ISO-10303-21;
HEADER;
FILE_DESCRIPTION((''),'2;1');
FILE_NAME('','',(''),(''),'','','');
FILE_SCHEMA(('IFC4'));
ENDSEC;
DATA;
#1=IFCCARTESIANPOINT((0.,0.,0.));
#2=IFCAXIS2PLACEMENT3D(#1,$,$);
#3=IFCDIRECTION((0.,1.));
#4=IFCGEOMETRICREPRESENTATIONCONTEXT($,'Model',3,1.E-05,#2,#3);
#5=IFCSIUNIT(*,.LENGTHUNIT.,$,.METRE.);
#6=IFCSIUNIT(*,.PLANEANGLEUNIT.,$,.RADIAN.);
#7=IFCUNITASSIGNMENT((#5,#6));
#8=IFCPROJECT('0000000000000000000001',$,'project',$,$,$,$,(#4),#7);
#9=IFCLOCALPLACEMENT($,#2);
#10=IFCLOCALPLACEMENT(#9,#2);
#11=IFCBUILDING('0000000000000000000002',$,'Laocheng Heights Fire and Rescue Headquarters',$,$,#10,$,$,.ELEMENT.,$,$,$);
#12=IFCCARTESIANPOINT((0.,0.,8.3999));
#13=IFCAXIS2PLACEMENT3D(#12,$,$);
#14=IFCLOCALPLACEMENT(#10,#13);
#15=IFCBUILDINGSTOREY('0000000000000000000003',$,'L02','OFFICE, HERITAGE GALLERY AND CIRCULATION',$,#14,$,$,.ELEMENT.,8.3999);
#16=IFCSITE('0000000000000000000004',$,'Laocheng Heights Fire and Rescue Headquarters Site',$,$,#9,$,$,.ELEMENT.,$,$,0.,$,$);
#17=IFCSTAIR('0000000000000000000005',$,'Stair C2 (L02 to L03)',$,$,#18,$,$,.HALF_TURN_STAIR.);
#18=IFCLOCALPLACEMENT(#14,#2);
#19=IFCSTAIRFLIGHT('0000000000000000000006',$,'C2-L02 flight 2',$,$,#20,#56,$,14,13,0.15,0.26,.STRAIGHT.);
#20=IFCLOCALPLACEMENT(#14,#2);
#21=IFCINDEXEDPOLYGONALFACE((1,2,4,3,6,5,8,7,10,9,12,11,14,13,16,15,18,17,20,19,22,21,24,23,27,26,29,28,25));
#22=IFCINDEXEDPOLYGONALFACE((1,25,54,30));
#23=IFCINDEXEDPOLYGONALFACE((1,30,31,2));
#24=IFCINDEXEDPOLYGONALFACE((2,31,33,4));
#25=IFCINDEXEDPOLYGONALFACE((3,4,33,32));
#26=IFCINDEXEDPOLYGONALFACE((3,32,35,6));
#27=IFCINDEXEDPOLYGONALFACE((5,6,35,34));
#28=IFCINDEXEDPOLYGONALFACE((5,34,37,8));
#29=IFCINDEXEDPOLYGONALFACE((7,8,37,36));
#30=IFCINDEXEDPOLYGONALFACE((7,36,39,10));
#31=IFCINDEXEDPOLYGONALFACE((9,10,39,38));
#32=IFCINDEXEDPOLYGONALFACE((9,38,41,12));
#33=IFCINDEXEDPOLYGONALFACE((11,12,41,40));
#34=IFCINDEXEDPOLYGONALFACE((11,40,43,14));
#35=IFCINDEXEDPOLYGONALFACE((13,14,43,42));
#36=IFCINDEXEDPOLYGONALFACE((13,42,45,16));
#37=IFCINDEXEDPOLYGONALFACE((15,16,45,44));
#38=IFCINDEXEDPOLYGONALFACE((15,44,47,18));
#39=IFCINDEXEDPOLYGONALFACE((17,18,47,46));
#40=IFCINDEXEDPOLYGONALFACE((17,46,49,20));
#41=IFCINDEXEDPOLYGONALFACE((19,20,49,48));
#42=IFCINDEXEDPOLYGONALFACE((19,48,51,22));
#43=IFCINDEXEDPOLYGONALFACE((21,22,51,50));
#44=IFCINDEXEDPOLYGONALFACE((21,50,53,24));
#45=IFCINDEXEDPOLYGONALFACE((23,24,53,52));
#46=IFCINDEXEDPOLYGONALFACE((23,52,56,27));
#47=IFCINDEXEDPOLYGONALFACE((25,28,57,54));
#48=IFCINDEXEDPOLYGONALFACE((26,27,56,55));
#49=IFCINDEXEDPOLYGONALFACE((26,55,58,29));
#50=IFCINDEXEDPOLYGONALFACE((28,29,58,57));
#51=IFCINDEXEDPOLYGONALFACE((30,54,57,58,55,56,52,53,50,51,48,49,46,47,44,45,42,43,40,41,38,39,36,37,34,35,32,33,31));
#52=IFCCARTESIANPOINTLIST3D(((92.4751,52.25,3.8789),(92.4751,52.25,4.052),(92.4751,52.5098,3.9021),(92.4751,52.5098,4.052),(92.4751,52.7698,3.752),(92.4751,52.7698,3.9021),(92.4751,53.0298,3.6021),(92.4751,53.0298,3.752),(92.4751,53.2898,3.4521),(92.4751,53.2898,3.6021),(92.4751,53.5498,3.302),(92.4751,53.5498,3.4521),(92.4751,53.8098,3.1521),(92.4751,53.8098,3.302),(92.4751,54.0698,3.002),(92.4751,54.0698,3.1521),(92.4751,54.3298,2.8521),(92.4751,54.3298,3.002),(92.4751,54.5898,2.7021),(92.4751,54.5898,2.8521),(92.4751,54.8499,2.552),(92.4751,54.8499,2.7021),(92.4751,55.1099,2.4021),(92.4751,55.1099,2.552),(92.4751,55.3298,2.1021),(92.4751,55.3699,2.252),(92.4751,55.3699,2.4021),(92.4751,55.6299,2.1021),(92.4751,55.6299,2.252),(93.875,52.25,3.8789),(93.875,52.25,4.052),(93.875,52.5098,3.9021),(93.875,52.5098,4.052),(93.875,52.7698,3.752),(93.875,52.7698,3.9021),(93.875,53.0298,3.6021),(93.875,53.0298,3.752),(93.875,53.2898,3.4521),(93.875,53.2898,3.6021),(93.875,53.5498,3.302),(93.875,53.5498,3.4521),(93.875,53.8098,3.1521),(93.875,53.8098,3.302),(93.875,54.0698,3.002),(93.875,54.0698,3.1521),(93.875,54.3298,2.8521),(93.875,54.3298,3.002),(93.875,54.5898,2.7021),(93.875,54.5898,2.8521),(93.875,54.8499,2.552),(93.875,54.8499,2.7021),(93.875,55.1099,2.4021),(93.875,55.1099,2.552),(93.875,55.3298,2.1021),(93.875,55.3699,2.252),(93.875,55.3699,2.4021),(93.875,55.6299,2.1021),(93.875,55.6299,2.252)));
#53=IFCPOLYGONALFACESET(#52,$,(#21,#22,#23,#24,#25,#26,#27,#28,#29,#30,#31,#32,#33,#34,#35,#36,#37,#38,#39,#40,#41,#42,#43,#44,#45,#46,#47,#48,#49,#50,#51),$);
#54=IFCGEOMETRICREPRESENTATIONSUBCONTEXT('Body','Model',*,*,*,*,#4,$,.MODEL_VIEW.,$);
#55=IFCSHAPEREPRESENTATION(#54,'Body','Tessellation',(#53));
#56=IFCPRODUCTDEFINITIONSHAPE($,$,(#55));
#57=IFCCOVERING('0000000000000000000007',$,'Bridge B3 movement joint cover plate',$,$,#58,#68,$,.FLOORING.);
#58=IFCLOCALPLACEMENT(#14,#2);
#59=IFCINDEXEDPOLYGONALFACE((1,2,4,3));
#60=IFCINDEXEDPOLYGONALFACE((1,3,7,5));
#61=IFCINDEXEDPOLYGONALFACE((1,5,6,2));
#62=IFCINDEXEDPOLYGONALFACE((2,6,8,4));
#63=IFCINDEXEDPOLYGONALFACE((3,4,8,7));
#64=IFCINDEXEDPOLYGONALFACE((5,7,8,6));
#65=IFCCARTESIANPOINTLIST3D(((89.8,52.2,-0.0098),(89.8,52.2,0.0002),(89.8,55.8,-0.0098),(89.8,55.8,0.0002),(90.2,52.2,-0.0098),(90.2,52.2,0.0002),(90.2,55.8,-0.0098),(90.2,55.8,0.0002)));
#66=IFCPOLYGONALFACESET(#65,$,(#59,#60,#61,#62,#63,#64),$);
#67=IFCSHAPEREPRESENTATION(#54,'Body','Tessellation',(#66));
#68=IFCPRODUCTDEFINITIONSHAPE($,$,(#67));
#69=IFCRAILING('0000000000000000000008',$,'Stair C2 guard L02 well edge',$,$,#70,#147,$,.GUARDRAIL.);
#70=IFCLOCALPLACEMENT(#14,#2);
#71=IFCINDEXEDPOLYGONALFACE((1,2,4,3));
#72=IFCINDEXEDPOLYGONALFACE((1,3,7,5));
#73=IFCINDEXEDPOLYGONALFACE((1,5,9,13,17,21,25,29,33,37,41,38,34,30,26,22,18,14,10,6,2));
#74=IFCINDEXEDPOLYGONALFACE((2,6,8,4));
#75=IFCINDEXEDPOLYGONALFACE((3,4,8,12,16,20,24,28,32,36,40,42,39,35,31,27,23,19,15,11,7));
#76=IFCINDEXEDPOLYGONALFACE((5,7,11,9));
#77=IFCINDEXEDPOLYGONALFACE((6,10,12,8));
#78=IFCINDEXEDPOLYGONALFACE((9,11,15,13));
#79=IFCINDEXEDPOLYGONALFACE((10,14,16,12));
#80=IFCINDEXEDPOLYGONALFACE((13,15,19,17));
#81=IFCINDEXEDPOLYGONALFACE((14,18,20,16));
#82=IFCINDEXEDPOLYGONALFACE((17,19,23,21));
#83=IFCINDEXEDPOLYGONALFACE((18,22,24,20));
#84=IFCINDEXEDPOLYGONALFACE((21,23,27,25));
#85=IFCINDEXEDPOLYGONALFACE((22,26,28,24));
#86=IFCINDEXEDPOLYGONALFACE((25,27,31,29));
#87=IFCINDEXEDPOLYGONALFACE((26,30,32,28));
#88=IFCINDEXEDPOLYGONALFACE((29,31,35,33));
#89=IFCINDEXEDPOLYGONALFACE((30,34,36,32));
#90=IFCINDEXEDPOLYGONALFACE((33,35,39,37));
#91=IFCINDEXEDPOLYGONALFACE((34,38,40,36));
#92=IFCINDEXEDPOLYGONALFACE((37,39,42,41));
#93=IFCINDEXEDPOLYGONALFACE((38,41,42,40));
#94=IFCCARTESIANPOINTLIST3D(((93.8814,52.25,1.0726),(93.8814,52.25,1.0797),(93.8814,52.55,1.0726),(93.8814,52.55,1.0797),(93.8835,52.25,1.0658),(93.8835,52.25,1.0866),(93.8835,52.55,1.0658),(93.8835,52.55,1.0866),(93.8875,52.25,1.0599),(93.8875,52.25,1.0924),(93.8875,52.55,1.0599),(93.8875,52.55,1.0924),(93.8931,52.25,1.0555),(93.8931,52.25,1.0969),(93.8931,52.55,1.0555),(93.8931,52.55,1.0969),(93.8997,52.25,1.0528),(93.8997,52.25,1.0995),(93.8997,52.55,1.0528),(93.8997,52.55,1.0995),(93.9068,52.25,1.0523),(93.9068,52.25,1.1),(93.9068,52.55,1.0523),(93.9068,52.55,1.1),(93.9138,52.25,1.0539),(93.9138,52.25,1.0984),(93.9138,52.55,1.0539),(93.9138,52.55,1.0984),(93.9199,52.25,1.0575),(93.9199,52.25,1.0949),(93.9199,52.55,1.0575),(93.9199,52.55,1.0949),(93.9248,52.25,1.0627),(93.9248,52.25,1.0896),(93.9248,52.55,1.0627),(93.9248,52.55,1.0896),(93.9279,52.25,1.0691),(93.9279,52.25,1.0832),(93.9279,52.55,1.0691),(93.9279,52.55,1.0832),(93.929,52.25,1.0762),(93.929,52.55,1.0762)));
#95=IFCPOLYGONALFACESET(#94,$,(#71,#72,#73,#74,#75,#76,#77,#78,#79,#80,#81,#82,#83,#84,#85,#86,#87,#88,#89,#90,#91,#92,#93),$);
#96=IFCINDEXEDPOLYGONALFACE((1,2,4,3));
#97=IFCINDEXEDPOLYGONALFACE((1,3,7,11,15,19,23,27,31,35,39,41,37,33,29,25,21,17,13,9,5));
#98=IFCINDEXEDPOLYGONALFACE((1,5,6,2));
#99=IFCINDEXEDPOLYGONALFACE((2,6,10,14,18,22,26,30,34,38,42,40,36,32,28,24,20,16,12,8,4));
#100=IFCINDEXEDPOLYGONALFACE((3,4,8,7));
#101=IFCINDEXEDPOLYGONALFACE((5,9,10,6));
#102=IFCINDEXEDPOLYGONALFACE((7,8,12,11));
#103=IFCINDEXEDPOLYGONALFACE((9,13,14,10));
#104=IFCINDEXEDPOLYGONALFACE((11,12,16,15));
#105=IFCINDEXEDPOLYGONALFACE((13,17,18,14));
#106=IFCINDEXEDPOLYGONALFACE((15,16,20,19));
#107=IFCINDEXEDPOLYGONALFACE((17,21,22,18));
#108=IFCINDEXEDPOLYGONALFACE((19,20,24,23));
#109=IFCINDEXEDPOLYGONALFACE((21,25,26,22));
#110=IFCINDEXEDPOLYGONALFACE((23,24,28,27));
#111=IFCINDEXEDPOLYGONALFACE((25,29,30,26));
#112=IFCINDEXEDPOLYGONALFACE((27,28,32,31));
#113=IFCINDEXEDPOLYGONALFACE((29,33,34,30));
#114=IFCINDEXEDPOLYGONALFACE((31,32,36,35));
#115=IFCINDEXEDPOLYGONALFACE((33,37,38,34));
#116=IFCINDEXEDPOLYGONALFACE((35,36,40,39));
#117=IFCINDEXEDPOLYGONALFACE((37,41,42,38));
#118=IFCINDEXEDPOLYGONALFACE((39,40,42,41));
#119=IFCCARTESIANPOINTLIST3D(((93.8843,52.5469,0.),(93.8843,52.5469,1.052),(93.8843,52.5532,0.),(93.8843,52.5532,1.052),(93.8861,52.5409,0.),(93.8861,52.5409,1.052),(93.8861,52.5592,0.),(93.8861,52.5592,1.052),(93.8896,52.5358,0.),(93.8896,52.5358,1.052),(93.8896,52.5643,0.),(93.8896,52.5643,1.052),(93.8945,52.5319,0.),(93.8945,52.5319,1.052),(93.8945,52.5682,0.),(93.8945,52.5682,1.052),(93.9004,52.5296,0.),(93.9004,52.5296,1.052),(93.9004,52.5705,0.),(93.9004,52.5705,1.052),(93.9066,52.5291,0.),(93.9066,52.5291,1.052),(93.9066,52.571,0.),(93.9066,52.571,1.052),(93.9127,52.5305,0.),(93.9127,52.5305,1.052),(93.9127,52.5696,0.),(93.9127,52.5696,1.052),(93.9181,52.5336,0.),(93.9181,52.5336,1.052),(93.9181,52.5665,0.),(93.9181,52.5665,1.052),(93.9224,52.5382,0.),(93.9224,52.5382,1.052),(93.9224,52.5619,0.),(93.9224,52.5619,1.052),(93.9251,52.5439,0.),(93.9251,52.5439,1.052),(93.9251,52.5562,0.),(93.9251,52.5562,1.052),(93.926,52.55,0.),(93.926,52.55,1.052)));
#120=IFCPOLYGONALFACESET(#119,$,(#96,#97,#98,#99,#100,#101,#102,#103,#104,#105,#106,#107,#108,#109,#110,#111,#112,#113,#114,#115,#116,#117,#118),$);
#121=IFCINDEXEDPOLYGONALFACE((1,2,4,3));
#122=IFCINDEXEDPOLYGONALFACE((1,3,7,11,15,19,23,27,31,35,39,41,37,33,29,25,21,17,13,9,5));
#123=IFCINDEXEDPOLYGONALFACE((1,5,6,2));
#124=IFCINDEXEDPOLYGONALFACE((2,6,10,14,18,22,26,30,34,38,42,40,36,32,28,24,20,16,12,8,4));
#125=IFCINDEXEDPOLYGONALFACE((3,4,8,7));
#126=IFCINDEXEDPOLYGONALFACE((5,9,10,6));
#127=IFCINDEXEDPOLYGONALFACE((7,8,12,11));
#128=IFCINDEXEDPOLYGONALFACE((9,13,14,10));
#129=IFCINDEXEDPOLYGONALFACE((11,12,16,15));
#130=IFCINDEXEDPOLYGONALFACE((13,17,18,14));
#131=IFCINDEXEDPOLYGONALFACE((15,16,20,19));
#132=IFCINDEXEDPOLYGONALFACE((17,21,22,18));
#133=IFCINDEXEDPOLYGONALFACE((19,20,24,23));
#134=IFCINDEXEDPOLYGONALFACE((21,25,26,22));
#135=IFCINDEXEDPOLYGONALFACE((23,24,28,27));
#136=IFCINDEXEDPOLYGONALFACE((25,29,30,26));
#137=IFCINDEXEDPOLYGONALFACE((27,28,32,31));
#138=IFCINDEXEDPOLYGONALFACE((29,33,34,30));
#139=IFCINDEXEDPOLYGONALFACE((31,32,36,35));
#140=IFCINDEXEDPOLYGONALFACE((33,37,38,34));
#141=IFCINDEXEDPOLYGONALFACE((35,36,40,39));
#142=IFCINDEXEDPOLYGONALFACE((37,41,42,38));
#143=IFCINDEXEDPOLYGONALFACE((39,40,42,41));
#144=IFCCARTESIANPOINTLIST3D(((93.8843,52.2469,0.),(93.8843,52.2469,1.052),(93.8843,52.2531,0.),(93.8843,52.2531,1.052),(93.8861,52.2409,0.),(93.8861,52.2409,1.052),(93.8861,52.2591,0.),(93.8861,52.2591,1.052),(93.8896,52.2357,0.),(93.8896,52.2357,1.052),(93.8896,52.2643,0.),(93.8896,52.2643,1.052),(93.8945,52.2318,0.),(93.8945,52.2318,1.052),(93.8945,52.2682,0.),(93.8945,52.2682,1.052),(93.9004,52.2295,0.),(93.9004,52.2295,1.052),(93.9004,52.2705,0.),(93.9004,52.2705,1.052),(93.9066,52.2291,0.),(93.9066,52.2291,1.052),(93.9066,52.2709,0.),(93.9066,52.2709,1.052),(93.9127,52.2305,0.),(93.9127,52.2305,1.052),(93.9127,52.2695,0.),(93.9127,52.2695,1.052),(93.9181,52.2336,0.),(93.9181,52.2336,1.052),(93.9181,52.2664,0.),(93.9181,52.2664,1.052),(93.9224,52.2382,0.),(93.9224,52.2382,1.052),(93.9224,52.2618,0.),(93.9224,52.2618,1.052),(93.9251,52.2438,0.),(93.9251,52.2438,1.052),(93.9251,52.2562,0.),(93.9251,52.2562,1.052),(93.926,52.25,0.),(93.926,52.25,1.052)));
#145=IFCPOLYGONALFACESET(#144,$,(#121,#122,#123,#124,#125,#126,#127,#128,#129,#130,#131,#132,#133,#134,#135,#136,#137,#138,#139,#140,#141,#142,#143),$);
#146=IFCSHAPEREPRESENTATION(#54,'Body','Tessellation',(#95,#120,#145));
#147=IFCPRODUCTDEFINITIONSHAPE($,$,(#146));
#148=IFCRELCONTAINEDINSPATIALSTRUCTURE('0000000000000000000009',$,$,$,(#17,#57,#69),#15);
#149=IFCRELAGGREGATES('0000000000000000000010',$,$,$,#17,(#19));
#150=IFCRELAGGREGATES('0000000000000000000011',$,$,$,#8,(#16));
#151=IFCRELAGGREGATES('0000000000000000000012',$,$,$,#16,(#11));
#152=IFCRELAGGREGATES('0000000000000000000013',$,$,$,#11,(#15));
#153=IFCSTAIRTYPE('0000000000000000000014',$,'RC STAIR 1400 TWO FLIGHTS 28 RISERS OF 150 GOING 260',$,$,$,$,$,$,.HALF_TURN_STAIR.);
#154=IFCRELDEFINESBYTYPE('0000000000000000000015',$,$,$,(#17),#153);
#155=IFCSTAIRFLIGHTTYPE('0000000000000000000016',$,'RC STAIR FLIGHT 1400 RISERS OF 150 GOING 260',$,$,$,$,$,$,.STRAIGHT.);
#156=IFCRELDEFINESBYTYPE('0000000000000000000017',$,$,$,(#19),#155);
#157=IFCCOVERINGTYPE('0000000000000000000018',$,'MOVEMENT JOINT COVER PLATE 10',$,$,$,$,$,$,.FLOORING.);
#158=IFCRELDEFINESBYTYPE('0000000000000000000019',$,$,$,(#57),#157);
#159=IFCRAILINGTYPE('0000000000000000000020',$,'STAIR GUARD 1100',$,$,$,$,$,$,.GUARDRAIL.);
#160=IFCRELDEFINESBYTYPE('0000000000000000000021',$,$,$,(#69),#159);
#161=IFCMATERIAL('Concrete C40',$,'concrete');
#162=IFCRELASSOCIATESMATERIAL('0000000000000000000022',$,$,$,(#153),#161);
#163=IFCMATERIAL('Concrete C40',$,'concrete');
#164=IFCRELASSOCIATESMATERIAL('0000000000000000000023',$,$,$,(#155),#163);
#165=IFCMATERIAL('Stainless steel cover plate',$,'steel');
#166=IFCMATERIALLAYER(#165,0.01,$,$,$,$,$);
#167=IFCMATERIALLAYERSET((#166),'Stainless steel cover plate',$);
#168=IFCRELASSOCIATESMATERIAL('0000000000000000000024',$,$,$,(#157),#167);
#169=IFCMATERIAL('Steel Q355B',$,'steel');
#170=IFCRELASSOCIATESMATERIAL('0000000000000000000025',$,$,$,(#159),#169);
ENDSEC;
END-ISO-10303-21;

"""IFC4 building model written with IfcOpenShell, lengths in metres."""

from ifc_helpers import new_model, si_unit, direction, frame, origin, origin_2d, place, context, subcontext, project, spatial, polyline, rectangle, circle, outline, extrude, material, layer, layer_set, type_object, element, aggregate, save


model = new_model("IFC4")

# Units and contexts
model_context = context("Model", 3, precision=1e-05, world=origin(), true_north=direction((0.0, 1.0)))
body_context = subcontext(model_context, "Body", "Model", "MODEL_VIEW")
ifc_project = project(units=[si_unit("LENGTHUNIT", "METRE"), si_unit("PLANEANGLEUNIT", "RADIAN")], contexts=[model_context])

# Site, building, storey
site_placement = place(None, origin())
site = spatial("IfcSite", under=ifc_project, at=site_placement, Name="Laocheng Heights Fire and Rescue Headquarters Site", CompositionType="ELEMENT", RefElevation=0.0)
building_placement = place(site_placement, origin())
building = spatial("IfcBuilding", under=site, at=building_placement, Name="Laocheng Heights Fire and Rescue Headquarters", CompositionType="ELEMENT")
storey_placement = place(building_placement, frame((0.0, 0.0, 8.3999)))
storey = spatial("IfcBuildingStorey", under=building, at=storey_placement, Name="L02", Description="OFFICE, HERITAGE GALLERY AND CIRCULATION", CompositionType="ELEMENT", Elevation=8.3999)

# Stair, stair flight
ifc_material_1 = material(Name="Concrete C40", Category="concrete")
stair_type = type_object("IfcStairType", Name="RC STAIR 1400 TWO FLIGHTS 28 RISERS OF 150 GOING 260", PredefinedType="HALF_TURN_STAIR", material=ifc_material_1)
stair_placement = place(storey_placement, origin())
stair = element("IfcStair", 1, at=stair_placement, inside=storey, type_object=stair_type, Name="Stair C2 (L02 to L03)", PredefinedType="HALF_TURN_STAIR")
ifc_material_2 = material(Name="Concrete C40", Category="concrete")
stair_flight_type = type_object("IfcStairFlightType", Name="RC STAIR FLIGHT 1400 RISERS OF 150 GOING 260", PredefinedType="STRAIGHT", material=ifc_material_2)
stair_flight_1_placement = place(storey_placement, frame((93.175, 55.6299, 2.1021), z_axis=(0.0, 0.0, 1.0), x_axis=(0.0, -1.0, 0.0)))
stair_flight_1 = element("IfcStairFlight", 2, at=stair_flight_1_placement, type_object=stair_flight_type, Name="C2-L02 flight 2", NumberOfRisers=14, NumberOfTreads=13, PredefinedType="STRAIGHT", RiserHeight=0.15, TreadLength=0.26, context=body_context, shape_type="SweptSolid", body=[
    extrude(outline(polyline([(0.0, 0.0), (0.0, 0.1499), (0.26, 0.1499), (0.26, 0.3), (0.52, 0.3), (0.52, 0.45), (0.78, 0.45), (0.78, 0.6001), (1.04, 0.6001), (1.04, 0.75), (1.3, 0.75), (1.3, 0.8999), (1.5601, 0.8999), (1.5601, 1.05), (1.8201, 1.05), (1.8201, 1.2), (2.0801, 1.2), (2.0801, 1.3501), (2.3401, 1.3501), (2.3401, 1.5), (2.6001, 1.5), (2.6001, 1.6499), (2.8601, 1.6499), (2.8601, 1.8), (3.1201, 1.8), (3.1201, 1.95), (3.3799, 1.95), (3.3799, 2.1001), (3.3799, 1.7769), (0.3, 0.0), (0.0, 0.0)])), frame((0.0, 0.7, 0.0), z_axis=(0.0, -1.0, 0.0), x_axis=(1.0, 0.0, 0.0)), (0.0, 0.0, 1.0), 1.3999),
])
aggregate(stair, [stair_flight_1])

# Covering
ifc_material_3 = material(Name="Stainless steel cover plate", Category="steel")
ifc_layer_1 = layer(ifc_material_3, 0.01)
ifc_layer_set_1 = layer_set([ifc_layer_1], Name="Stainless steel cover plate")
covering_type = type_object("IfcCoveringType", Name="MOVEMENT JOINT COVER PLATE 10", PredefinedType="FLOORING", material=ifc_layer_set_1)
covering_placement = place(storey_placement, frame((90.0, 54.0, -0.0098), z_axis=(0.0, 0.0, 1.0), x_axis=(1.0, 0.0, 0.0)))
element("IfcCovering", 3, at=covering_placement, inside=storey, type_object=covering_type, Name="Bridge B3 movement joint cover plate", PredefinedType="FLOORING", context=body_context, shape_type="SweptSolid", body=[
    extrude(rectangle(XDim=0.3999, YDim=3.6001, at=origin_2d()), origin(), (0.0, 0.0, 1.0), 0.01),
])

# Railing
ifc_material_4 = material(Name="Steel Q355B", Category="steel")
railing_type_1 = type_object("IfcRailingType", Name="STAIR GUARD 1100", PredefinedType="GUARDRAIL", material=ifc_material_4)
railing_1_placement = place(storey_placement, frame((93.905, 52.55, 0.0)))
element("IfcRailing", 4, at=railing_1_placement, inside=storey, type_object=railing_type_1, Name="Stair C2 guard L02 well edge", PredefinedType="GUARDRAIL", context=body_context, shape_type="SweptSolid", body=[
    extrude(circle(Radius=0.0239, at=origin_2d()), frame((0.0, 0.0, 1.0762), z_axis=(0.0, -1.0, 0.0), x_axis=(1.0, 0.0, 0.0)), (0.0, 0.0, 1.0), 0.3),
    extrude(circle(Radius=0.021, at=origin_2d()), origin(), (0.0, 0.0, 1.0), 1.052),
    extrude(circle(Radius=0.021, at=origin_2d()), frame((0.0, -0.3, 0.0)), (0.0, 0.0, 1.0), 1.052),
])

save(model, "model.ifc")
